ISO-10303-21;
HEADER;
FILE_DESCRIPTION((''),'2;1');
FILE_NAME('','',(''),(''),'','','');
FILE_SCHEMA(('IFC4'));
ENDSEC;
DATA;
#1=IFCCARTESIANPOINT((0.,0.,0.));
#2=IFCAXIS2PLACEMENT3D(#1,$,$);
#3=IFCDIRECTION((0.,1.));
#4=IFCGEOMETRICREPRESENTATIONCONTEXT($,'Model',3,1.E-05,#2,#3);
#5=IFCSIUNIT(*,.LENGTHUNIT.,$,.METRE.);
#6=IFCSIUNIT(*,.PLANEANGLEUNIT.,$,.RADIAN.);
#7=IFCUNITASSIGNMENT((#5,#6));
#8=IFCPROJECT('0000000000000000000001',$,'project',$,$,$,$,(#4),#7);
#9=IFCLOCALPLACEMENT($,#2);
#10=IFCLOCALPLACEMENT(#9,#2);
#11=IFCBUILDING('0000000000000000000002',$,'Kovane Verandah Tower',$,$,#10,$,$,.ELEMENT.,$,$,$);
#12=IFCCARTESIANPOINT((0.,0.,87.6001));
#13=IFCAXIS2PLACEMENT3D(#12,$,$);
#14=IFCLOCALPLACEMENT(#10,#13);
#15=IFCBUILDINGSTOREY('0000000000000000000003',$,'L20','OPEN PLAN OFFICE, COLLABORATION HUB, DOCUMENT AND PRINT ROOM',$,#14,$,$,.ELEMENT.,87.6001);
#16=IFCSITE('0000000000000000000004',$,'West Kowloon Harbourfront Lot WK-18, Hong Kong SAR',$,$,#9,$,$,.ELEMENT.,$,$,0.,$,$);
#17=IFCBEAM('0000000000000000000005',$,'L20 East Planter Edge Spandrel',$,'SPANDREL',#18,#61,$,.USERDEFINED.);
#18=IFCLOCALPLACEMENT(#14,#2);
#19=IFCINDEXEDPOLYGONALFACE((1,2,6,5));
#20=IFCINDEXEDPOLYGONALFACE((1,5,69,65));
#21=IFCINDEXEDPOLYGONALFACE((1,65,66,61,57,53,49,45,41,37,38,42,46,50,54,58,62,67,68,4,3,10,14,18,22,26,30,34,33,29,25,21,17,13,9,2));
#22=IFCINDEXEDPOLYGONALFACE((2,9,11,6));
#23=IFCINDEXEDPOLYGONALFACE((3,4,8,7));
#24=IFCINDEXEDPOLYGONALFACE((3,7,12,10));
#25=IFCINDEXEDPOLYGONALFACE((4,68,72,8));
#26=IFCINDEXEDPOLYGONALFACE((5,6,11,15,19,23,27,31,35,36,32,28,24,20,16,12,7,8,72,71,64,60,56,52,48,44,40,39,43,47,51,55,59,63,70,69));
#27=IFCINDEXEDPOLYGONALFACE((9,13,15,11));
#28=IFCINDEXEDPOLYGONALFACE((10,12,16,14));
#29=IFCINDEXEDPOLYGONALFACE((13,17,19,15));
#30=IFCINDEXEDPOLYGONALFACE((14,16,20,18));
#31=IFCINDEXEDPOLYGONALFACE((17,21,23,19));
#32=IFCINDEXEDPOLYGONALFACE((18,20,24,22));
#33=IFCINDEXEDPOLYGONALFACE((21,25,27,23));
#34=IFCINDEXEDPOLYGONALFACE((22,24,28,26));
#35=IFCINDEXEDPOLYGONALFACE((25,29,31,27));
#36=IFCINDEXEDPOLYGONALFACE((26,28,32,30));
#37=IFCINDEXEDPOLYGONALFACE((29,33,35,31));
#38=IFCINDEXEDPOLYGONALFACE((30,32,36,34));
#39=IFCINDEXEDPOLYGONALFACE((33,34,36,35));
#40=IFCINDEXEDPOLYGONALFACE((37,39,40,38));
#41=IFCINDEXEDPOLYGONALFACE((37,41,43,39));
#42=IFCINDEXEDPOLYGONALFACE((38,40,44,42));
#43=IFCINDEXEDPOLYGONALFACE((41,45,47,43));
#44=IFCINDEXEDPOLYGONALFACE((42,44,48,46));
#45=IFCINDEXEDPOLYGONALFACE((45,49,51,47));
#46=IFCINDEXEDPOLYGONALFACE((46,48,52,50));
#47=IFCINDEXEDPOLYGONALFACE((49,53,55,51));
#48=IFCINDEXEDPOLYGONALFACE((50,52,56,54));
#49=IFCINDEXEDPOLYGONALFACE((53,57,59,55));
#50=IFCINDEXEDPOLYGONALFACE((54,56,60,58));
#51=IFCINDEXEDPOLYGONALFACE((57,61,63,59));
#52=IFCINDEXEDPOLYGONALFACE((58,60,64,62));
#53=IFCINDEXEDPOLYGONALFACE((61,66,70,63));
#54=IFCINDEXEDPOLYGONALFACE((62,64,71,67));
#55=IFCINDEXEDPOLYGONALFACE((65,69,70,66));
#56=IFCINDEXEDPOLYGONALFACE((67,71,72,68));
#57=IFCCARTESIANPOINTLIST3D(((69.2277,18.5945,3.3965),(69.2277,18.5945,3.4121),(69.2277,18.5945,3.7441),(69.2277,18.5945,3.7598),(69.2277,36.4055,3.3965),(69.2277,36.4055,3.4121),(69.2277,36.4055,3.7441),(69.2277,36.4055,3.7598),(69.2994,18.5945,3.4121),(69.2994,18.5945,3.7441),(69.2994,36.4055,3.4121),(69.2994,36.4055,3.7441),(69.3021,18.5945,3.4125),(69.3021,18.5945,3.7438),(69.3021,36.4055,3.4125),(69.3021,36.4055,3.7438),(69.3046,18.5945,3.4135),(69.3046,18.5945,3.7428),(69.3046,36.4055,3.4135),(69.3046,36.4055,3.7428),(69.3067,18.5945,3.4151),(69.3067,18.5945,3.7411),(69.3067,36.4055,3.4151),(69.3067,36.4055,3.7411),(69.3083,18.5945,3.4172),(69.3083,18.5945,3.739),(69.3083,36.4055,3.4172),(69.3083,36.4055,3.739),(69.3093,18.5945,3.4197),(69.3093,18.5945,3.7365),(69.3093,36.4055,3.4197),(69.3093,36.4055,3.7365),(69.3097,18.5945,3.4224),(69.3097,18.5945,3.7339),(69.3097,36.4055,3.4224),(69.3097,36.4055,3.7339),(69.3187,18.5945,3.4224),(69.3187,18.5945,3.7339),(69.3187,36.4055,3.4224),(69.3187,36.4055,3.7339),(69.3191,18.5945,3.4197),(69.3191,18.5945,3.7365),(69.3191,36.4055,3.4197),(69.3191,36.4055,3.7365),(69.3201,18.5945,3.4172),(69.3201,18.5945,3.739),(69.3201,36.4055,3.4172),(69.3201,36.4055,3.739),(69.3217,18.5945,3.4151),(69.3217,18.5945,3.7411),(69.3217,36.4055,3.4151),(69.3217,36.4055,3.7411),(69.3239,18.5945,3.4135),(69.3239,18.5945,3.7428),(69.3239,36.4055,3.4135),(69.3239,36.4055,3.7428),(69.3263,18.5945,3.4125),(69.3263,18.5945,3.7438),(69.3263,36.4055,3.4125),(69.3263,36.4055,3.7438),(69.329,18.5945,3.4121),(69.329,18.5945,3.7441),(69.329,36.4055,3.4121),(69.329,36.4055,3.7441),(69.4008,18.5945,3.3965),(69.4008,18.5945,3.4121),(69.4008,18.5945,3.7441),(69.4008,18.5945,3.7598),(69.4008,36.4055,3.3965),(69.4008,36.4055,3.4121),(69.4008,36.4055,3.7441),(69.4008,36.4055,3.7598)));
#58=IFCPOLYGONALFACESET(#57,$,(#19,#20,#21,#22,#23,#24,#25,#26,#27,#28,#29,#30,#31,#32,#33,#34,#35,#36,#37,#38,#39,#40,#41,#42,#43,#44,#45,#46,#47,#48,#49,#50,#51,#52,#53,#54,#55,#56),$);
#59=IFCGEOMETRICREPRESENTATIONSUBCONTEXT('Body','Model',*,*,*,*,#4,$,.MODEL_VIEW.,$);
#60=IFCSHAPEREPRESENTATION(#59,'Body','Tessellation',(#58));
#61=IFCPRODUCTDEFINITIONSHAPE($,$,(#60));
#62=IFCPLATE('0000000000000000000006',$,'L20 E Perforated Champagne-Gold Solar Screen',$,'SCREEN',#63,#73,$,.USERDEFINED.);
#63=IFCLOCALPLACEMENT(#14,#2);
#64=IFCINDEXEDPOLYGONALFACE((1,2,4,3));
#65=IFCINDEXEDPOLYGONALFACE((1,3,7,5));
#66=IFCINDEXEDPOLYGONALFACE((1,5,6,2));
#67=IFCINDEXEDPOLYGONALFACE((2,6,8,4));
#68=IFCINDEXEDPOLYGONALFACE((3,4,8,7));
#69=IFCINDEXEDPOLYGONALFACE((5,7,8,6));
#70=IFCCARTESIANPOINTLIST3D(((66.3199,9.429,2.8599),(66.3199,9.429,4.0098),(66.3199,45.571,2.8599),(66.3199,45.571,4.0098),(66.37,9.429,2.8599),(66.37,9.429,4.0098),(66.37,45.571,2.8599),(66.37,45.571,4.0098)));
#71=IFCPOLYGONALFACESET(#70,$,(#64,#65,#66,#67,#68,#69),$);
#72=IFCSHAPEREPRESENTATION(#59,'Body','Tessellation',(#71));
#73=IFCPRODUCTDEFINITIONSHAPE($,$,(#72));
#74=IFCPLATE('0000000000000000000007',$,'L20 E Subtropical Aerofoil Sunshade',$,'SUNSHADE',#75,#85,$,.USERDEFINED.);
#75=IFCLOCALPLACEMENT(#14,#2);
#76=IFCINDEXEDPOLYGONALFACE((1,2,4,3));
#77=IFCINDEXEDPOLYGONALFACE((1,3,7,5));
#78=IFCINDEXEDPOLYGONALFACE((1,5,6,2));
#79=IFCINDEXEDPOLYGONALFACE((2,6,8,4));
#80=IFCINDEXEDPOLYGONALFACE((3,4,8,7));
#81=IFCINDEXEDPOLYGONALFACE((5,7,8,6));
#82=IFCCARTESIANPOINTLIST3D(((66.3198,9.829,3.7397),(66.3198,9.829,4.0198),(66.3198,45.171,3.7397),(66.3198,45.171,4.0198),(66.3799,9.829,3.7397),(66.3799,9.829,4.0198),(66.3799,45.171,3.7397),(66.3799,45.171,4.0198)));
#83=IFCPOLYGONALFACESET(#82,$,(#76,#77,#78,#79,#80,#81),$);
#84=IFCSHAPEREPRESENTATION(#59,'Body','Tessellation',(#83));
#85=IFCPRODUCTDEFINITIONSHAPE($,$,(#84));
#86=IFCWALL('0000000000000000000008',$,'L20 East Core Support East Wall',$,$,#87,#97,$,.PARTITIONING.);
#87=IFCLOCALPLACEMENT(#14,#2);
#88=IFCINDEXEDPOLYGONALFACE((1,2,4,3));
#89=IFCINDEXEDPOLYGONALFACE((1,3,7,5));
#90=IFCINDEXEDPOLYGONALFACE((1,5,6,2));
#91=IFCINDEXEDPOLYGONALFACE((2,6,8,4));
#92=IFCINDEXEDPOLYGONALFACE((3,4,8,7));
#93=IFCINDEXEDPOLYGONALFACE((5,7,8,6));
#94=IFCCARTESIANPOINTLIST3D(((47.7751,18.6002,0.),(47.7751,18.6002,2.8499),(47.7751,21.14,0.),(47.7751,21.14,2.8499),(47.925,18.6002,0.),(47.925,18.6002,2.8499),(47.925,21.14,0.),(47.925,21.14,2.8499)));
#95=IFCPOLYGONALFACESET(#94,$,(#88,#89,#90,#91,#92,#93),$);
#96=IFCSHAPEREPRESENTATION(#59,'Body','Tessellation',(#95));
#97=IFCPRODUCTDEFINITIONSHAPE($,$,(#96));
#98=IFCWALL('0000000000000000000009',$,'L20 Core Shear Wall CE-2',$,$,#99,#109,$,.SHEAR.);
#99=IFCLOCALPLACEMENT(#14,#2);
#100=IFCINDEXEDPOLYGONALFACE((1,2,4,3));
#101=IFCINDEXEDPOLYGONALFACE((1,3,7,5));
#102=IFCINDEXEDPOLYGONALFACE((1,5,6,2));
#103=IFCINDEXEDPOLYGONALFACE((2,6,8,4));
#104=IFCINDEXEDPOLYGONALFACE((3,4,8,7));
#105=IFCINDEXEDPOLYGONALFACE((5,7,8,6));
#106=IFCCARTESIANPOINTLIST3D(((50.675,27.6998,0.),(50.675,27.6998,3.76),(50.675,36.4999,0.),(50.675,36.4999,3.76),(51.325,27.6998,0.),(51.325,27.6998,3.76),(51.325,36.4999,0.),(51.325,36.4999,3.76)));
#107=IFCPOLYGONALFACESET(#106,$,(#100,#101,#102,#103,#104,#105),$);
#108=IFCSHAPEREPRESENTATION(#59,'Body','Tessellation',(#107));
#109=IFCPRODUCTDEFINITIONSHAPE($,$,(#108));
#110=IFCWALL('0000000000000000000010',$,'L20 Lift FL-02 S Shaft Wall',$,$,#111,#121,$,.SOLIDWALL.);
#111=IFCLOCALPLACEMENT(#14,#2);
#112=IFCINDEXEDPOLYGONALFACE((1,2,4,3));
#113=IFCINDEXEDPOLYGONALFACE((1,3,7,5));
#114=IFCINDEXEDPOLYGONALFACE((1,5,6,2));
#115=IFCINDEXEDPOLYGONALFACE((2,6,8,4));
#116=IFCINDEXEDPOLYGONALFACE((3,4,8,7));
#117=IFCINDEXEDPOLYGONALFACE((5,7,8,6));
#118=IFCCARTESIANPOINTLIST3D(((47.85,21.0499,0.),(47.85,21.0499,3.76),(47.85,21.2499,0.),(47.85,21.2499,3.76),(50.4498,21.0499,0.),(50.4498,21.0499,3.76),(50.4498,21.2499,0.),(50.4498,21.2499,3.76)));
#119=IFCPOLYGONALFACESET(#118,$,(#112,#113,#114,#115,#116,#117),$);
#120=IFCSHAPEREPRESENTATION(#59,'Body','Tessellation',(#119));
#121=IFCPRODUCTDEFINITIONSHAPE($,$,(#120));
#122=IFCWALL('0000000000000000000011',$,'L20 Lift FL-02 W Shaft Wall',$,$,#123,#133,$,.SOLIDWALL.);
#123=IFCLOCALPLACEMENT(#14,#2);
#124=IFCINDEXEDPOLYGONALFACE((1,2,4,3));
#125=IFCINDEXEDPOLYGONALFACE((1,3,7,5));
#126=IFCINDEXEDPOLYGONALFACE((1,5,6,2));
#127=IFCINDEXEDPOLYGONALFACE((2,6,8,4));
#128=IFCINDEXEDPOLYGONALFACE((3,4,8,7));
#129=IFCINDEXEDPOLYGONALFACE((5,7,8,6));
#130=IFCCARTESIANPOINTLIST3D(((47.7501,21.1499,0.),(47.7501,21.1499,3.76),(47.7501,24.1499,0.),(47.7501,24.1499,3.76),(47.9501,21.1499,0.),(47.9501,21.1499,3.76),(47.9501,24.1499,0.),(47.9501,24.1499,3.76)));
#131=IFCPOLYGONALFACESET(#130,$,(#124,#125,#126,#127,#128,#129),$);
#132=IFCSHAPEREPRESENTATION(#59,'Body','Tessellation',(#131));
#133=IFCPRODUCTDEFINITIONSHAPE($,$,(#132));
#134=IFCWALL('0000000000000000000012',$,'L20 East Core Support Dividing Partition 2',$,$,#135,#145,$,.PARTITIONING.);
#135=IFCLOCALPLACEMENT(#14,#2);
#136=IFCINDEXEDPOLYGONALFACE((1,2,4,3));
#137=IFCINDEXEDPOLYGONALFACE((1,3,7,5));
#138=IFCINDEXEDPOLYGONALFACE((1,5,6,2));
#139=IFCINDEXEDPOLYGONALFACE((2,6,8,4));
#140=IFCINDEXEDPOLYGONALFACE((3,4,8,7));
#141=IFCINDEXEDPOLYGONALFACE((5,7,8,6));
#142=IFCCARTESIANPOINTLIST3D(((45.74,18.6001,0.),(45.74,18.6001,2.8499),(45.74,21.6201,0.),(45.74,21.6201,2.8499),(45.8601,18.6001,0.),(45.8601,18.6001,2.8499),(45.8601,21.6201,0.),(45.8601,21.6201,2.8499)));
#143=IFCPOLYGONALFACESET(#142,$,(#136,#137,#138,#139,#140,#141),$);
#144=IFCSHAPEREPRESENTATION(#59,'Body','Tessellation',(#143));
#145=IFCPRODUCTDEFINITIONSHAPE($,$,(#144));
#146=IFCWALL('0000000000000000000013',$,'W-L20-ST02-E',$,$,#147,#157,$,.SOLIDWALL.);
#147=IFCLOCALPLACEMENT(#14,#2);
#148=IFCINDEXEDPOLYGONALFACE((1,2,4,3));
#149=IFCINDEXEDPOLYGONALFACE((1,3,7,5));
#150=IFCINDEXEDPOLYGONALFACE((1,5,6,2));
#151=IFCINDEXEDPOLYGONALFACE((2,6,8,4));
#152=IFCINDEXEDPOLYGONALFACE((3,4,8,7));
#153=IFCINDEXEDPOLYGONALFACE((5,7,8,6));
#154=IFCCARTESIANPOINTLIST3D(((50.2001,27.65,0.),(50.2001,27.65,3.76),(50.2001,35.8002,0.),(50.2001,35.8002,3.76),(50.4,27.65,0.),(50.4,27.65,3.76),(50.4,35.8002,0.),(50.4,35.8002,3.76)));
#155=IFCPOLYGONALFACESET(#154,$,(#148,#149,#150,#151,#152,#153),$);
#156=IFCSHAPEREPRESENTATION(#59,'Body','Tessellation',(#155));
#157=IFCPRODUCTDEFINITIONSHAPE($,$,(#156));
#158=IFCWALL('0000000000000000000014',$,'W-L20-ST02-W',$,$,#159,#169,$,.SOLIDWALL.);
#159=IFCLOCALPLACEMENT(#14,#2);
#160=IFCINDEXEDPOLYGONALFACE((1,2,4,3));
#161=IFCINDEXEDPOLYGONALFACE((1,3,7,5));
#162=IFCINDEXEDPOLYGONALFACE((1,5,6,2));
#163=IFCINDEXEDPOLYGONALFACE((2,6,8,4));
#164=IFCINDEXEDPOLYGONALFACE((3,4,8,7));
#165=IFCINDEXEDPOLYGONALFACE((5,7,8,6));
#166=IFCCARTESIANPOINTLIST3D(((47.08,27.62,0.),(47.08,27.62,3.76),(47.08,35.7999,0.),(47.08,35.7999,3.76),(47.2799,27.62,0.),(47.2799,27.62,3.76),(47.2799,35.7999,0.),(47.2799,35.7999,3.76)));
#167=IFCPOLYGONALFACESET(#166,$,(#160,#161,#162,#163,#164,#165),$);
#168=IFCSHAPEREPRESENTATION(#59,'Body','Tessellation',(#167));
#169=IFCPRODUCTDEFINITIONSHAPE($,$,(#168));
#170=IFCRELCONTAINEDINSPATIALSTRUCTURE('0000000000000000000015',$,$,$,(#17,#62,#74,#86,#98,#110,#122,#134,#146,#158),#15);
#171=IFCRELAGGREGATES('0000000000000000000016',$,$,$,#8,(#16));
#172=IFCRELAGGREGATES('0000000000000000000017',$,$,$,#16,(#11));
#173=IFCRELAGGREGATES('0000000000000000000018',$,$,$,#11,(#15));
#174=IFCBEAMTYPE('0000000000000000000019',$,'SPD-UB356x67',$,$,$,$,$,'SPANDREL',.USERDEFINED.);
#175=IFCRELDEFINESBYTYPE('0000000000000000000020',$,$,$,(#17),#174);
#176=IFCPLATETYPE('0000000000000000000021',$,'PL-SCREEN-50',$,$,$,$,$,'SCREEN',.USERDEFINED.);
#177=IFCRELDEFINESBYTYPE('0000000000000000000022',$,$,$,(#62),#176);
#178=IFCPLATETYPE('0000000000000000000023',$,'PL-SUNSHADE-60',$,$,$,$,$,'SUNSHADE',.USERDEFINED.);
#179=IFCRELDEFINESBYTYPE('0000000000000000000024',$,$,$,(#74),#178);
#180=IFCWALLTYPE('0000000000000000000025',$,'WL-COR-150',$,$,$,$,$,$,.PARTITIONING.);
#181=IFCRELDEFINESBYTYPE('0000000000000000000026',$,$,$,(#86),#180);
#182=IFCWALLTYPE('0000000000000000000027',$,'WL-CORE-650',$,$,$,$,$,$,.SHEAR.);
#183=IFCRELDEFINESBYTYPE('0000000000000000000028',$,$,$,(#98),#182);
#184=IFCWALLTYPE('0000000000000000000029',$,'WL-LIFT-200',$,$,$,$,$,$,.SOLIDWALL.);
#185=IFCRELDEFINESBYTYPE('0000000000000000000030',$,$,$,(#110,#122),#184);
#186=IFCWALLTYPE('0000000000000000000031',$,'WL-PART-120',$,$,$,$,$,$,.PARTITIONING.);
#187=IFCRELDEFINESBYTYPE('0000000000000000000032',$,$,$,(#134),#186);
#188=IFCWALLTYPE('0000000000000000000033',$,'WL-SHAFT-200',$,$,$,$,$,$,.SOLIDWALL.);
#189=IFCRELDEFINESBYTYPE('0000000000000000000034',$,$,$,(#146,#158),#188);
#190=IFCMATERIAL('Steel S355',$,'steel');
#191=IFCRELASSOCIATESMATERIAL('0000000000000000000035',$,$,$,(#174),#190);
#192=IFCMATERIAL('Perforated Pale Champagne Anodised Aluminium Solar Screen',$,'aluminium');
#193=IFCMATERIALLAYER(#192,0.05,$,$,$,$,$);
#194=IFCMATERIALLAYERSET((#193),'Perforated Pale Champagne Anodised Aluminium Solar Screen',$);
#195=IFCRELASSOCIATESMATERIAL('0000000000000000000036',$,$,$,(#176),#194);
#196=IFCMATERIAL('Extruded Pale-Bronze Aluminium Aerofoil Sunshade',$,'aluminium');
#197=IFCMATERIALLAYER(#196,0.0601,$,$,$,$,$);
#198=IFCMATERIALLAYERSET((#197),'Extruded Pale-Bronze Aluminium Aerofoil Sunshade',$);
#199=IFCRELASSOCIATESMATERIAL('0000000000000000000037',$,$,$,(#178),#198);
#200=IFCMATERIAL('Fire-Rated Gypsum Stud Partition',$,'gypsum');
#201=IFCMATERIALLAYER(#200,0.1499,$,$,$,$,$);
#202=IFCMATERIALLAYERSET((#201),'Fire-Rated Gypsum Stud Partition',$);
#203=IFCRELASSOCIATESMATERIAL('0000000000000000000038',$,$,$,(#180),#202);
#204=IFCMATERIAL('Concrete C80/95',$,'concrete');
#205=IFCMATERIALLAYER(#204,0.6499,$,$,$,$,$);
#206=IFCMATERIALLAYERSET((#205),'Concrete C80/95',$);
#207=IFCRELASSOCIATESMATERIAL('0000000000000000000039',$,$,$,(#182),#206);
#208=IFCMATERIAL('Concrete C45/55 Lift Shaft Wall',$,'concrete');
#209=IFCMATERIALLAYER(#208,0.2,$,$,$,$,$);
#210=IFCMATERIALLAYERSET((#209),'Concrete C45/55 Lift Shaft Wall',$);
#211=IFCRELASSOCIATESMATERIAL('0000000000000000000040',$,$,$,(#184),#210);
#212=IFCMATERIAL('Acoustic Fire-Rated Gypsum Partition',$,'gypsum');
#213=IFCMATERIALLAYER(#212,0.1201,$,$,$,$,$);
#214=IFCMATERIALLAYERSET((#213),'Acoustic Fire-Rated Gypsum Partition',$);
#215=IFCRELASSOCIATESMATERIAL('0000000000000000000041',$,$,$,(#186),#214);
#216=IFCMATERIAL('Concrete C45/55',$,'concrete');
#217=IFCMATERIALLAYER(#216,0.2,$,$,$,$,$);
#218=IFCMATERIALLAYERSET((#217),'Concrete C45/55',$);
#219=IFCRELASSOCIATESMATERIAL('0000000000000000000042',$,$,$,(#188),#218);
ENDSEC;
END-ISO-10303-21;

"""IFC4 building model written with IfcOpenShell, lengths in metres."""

from ifc_helpers import new_model, si_unit, direction, frame, frame_2d, origin, origin_2d, place, context, subcontext, project, spatial, rectangle, i_section, extrude, material, layer, layer_set, material_profile, profile_set, type_object, element, save


model = new_model("IFC4")

# Units and contexts
model_context = context("Model", 3, precision=1e-05, world=origin(), true_north=direction((0.0, 1.0)))
body_context = subcontext(model_context, "Body", "Model", "MODEL_VIEW")
ifc_project = project(units=[si_unit("LENGTHUNIT", "METRE"), si_unit("PLANEANGLEUNIT", "RADIAN")], contexts=[model_context])

# Site, building, storey
site_placement = place(None, origin())
site = spatial("IfcSite", under=ifc_project, at=site_placement, Name="West Kowloon Harbourfront Lot WK-18, Hong Kong SAR", CompositionType="ELEMENT", RefElevation=0.0)
building_placement = place(site_placement, origin())
building = spatial("IfcBuilding", under=site, at=building_placement, Name="Kovane Verandah Tower", CompositionType="ELEMENT")
storey_placement = place(building_placement, frame((0.0, 0.0, 87.6001)))
storey = spatial("IfcBuildingStorey", under=building, at=storey_placement, Name="L20", Description="OPEN PLAN OFFICE, COLLABORATION HUB, DOCUMENT AND PRINT ROOM", CompositionType="ELEMENT", Elevation=87.6001)

# Beam
ifc_material_1 = material(Name="Concrete C80/95", Category="concrete")
ifc_material_2 = material(Name="Steel S355", Category="steel")
ifc_material_profile_1 = material_profile(ifc_material_2, i_section(OverallWidth=0.1731, OverallDepth=0.3633, WebThickness=0.009, FlangeThickness=0.0156, FilletRadius=0.0103, at=origin_2d()), Name="UB356x171x67")
ifc_profile_set_1 = profile_set([ifc_material_profile_1], Name="Steel S355")
beam_type_1 = type_object("IfcBeamType", Name="SPD-UB356x67", ElementType="SPANDREL", PredefinedType="USERDEFINED", material=ifc_profile_set_1)
beam_1_placement = place(storey_placement, frame((69.3142, 18.5945, 3.5781), z_axis=(0.0, 1.0, 0.0), x_axis=(-1.0, 0.0, 0.0)))
element("IfcBeam", 1, at=beam_1_placement, inside=storey, type_object=beam_type_1, Name="L20 East Planter Edge Spandrel", ObjectType="SPANDREL", PredefinedType="USERDEFINED", context=body_context, shape_type="SweptSolid", body=[
    extrude(i_section(OverallWidth=0.1731, OverallDepth=0.3633, WebThickness=0.009, FlangeThickness=0.0156, FilletRadius=0.0103, at=origin_2d()), origin(), (0.0, 0.0, 1.0), 17.811),
])

# Plates
ifc_material_3 = material(Name="Perforated Pale Champagne Anodised Aluminium Solar Screen", Category="aluminium")
ifc_layer_1 = layer(ifc_material_3, 0.05)
ifc_layer_set_1 = layer_set([ifc_layer_1], Name="Perforated Pale Champagne Anodised Aluminium Solar Screen")
plate_type_1 = type_object("IfcPlateType", Name="PL-SCREEN-50", ElementType="SCREEN", PredefinedType="USERDEFINED", material=ifc_layer_set_1)
plate_1_placement = place(storey_placement, frame((66.345, 27.5, 2.8599), z_axis=(0.0, 0.0, 1.0), x_axis=(0.0, 1.0, 0.0)))
element("IfcPlate", 2, at=plate_1_placement, inside=storey, type_object=plate_type_1, Name="L20 E Perforated Champagne-Gold Solar Screen", ObjectType="SCREEN", PredefinedType="USERDEFINED", context=body_context, shape_type="SweptSolid", body=[
    extrude(rectangle(XDim=36.1421, YDim=0.05, at=origin_2d()), origin(), (0.0, 0.0, 1.0), 1.1499),
])
ifc_material_4 = material(Name="Extruded Pale-Bronze Aluminium Aerofoil Sunshade", Category="aluminium")
ifc_layer_2 = layer(ifc_material_4, 0.0601)
ifc_layer_set_2 = layer_set([ifc_layer_2], Name="Extruded Pale-Bronze Aluminium Aerofoil Sunshade")
plate_type_2 = type_object("IfcPlateType", Name="PL-SUNSHADE-60", ElementType="SUNSHADE", PredefinedType="USERDEFINED", material=ifc_layer_set_2)
plate_2_placement = place(storey_placement, frame((66.3499, 27.5, 3.7397), z_axis=(0.0, 0.0, 1.0), x_axis=(0.0, 1.0, 0.0)))
element("IfcPlate", 3, at=plate_2_placement, inside=storey, type_object=plate_type_2, Name="L20 E Subtropical Aerofoil Sunshade", ObjectType="SUNSHADE", PredefinedType="USERDEFINED", context=body_context, shape_type="SweptSolid", body=[
    extrude(rectangle(XDim=35.342, YDim=0.0601, at=origin_2d()), origin(), (0.0, 0.0, 1.0), 0.28),
])

# Wall
ifc_material_5 = material(Name="Fire-Rated Gypsum Stud Partition", Category="gypsum")
ifc_layer_3 = layer(ifc_material_5, 0.1499)
ifc_layer_set_3 = layer_set([ifc_layer_3], Name="Fire-Rated Gypsum Stud Partition")
wall_type_1 = type_object("IfcWallType", Name="WL-COR-150", PredefinedType="PARTITIONING", material=ifc_layer_set_3)
wall_1_placement = place(storey_placement, frame((47.8501, 18.6001, 0.0), z_axis=(0.0, 0.0, 1.0), x_axis=(0.0, 1.0, 0.0)))
element("IfcWall", 4, at=wall_1_placement, inside=storey, type_object=wall_type_1, Name="L20 East Core Support East Wall", PredefinedType="PARTITIONING", context=body_context, shape_type="SweptSolid", body=[
    extrude(rectangle(XDim=2.5398, YDim=0.1499, at=frame_2d((1.27, 0.0))), origin(), (0.0, 0.0, 1.0), 2.8499),
])

# Wall
ifc_layer_4 = layer(ifc_material_1, 0.6499)
ifc_layer_set_4 = layer_set([ifc_layer_4], Name="Concrete C80/95")
wall_type_2 = type_object("IfcWallType", Name="WL-CORE-650", PredefinedType="SHEAR", material=ifc_layer_set_4)
wall_2_placement = place(storey_placement, frame((51.0, 27.7, 0.0), z_axis=(0.0, 0.0, 1.0), x_axis=(0.0, 1.0, 0.0)))
element("IfcWall", 5, at=wall_2_placement, inside=storey, type_object=wall_type_2, Name="L20 Core Shear Wall CE-2", PredefinedType="SHEAR", context=body_context, shape_type="SweptSolid", body=[
    extrude(rectangle(XDim=8.8, YDim=0.6499, at=frame_2d((4.3999, 0.0))), origin(), (0.0, 0.0, 1.0), 3.76),
])

# Wall
ifc_material_6 = material(Name="Concrete C45/55 Lift Shaft Wall", Category="concrete")
ifc_layer_5 = layer(ifc_material_6, 0.2)
ifc_layer_set_5 = layer_set([ifc_layer_5], Name="Concrete C45/55 Lift Shaft Wall")
wall_type_3 = type_object("IfcWallType", Name="WL-LIFT-200", PredefinedType="SOLIDWALL", material=ifc_layer_set_5)
wall_3_placement = place(storey_placement, frame((47.8501, 21.1499, 0.0), z_axis=(0.0, 0.0, 1.0), x_axis=(1.0, 0.0, 0.0)))
element("IfcWall", 6, at=wall_3_placement, inside=storey, type_object=wall_type_3, Name="L20 Lift FL-02 S Shaft Wall", PredefinedType="SOLIDWALL", context=body_context, shape_type="SweptSolid", body=[
    extrude(rectangle(XDim=2.5999, YDim=0.2, at=frame_2d((1.2998, 0.0))), origin(), (0.0, 0.0, 1.0), 3.76),
])

# Walls
wall_4_placement = place(storey_placement, frame((47.8501, 24.1499, 0.0), z_axis=(0.0, 0.0, 1.0), x_axis=(0.0, -1.0, 0.0)))
element("IfcWall", 7, at=wall_4_placement, inside=storey, type_object=wall_type_3, Name="L20 Lift FL-02 W Shaft Wall", PredefinedType="SOLIDWALL", context=body_context, shape_type="SweptSolid", body=[
    extrude(rectangle(XDim=3.0, YDim=0.2, at=frame_2d((1.5, 0.0))), origin(), (0.0, 0.0, 1.0), 3.76),
])
ifc_material_7 = material(Name="Acoustic Fire-Rated Gypsum Partition", Category="gypsum")
ifc_layer_6 = layer(ifc_material_7, 0.1201)
ifc_layer_set_6 = layer_set([ifc_layer_6], Name="Acoustic Fire-Rated Gypsum Partition")
wall_type_4 = type_object("IfcWallType", Name="WL-PART-120", PredefinedType="PARTITIONING", material=ifc_layer_set_6)
wall_5_placement = place(storey_placement, frame((45.8, 18.6001, 0.0), z_axis=(0.0, 0.0, 1.0), x_axis=(0.0, 1.0, 0.0)))
element("IfcWall", 8, at=wall_5_placement, inside=storey, type_object=wall_type_4, Name="L20 East Core Support Dividing Partition 2", PredefinedType="PARTITIONING", context=body_context, shape_type="SweptSolid", body=[
    extrude(rectangle(XDim=3.02, YDim=0.1201, at=frame_2d((1.51, 0.0))), origin(), (0.0, 0.0, 1.0), 2.8499),
])
ifc_material_8 = material(Name="Concrete C45/55", Category="concrete")
ifc_layer_7 = layer(ifc_material_8, 0.2)
ifc_layer_set_7 = layer_set([ifc_layer_7], Name="Concrete C45/55")
wall_type_5 = type_object("IfcWallType", Name="WL-SHAFT-200", PredefinedType="SOLIDWALL", material=ifc_layer_set_7)
wall_6_placement = place(storey_placement, frame((50.3, 27.6499, 0.0), z_axis=(0.0, 0.0, 1.0), x_axis=(0.0, 1.0, 0.0)))
element("IfcWall", 9, at=wall_6_placement, inside=storey, type_object=wall_type_5, Name="W-L20-ST02-E", PredefinedType="SOLIDWALL", context=body_context, shape_type="SweptSolid", body=[
    extrude(rectangle(XDim=8.1501, YDim=0.2, at=frame_2d((4.0752, 0.0))), origin(), (0.0, 0.0, 1.0), 3.76),
])
wall_7_placement = place(storey_placement, frame((47.1799, 27.6201, 0.0), z_axis=(0.0, 0.0, 1.0), x_axis=(0.0, 1.0, 0.0)))
element("IfcWall", 10, at=wall_7_placement, inside=storey, type_object=wall_type_5, Name="W-L20-ST02-W", PredefinedType="SOLIDWALL", context=body_context, shape_type="SweptSolid", body=[
    extrude(rectangle(XDim=8.1799, YDim=0.2, at=frame_2d((4.0898, 0.0))), origin(), (0.0, 0.0, 1.0), 3.76),
])

save(model, "model.ifc")
